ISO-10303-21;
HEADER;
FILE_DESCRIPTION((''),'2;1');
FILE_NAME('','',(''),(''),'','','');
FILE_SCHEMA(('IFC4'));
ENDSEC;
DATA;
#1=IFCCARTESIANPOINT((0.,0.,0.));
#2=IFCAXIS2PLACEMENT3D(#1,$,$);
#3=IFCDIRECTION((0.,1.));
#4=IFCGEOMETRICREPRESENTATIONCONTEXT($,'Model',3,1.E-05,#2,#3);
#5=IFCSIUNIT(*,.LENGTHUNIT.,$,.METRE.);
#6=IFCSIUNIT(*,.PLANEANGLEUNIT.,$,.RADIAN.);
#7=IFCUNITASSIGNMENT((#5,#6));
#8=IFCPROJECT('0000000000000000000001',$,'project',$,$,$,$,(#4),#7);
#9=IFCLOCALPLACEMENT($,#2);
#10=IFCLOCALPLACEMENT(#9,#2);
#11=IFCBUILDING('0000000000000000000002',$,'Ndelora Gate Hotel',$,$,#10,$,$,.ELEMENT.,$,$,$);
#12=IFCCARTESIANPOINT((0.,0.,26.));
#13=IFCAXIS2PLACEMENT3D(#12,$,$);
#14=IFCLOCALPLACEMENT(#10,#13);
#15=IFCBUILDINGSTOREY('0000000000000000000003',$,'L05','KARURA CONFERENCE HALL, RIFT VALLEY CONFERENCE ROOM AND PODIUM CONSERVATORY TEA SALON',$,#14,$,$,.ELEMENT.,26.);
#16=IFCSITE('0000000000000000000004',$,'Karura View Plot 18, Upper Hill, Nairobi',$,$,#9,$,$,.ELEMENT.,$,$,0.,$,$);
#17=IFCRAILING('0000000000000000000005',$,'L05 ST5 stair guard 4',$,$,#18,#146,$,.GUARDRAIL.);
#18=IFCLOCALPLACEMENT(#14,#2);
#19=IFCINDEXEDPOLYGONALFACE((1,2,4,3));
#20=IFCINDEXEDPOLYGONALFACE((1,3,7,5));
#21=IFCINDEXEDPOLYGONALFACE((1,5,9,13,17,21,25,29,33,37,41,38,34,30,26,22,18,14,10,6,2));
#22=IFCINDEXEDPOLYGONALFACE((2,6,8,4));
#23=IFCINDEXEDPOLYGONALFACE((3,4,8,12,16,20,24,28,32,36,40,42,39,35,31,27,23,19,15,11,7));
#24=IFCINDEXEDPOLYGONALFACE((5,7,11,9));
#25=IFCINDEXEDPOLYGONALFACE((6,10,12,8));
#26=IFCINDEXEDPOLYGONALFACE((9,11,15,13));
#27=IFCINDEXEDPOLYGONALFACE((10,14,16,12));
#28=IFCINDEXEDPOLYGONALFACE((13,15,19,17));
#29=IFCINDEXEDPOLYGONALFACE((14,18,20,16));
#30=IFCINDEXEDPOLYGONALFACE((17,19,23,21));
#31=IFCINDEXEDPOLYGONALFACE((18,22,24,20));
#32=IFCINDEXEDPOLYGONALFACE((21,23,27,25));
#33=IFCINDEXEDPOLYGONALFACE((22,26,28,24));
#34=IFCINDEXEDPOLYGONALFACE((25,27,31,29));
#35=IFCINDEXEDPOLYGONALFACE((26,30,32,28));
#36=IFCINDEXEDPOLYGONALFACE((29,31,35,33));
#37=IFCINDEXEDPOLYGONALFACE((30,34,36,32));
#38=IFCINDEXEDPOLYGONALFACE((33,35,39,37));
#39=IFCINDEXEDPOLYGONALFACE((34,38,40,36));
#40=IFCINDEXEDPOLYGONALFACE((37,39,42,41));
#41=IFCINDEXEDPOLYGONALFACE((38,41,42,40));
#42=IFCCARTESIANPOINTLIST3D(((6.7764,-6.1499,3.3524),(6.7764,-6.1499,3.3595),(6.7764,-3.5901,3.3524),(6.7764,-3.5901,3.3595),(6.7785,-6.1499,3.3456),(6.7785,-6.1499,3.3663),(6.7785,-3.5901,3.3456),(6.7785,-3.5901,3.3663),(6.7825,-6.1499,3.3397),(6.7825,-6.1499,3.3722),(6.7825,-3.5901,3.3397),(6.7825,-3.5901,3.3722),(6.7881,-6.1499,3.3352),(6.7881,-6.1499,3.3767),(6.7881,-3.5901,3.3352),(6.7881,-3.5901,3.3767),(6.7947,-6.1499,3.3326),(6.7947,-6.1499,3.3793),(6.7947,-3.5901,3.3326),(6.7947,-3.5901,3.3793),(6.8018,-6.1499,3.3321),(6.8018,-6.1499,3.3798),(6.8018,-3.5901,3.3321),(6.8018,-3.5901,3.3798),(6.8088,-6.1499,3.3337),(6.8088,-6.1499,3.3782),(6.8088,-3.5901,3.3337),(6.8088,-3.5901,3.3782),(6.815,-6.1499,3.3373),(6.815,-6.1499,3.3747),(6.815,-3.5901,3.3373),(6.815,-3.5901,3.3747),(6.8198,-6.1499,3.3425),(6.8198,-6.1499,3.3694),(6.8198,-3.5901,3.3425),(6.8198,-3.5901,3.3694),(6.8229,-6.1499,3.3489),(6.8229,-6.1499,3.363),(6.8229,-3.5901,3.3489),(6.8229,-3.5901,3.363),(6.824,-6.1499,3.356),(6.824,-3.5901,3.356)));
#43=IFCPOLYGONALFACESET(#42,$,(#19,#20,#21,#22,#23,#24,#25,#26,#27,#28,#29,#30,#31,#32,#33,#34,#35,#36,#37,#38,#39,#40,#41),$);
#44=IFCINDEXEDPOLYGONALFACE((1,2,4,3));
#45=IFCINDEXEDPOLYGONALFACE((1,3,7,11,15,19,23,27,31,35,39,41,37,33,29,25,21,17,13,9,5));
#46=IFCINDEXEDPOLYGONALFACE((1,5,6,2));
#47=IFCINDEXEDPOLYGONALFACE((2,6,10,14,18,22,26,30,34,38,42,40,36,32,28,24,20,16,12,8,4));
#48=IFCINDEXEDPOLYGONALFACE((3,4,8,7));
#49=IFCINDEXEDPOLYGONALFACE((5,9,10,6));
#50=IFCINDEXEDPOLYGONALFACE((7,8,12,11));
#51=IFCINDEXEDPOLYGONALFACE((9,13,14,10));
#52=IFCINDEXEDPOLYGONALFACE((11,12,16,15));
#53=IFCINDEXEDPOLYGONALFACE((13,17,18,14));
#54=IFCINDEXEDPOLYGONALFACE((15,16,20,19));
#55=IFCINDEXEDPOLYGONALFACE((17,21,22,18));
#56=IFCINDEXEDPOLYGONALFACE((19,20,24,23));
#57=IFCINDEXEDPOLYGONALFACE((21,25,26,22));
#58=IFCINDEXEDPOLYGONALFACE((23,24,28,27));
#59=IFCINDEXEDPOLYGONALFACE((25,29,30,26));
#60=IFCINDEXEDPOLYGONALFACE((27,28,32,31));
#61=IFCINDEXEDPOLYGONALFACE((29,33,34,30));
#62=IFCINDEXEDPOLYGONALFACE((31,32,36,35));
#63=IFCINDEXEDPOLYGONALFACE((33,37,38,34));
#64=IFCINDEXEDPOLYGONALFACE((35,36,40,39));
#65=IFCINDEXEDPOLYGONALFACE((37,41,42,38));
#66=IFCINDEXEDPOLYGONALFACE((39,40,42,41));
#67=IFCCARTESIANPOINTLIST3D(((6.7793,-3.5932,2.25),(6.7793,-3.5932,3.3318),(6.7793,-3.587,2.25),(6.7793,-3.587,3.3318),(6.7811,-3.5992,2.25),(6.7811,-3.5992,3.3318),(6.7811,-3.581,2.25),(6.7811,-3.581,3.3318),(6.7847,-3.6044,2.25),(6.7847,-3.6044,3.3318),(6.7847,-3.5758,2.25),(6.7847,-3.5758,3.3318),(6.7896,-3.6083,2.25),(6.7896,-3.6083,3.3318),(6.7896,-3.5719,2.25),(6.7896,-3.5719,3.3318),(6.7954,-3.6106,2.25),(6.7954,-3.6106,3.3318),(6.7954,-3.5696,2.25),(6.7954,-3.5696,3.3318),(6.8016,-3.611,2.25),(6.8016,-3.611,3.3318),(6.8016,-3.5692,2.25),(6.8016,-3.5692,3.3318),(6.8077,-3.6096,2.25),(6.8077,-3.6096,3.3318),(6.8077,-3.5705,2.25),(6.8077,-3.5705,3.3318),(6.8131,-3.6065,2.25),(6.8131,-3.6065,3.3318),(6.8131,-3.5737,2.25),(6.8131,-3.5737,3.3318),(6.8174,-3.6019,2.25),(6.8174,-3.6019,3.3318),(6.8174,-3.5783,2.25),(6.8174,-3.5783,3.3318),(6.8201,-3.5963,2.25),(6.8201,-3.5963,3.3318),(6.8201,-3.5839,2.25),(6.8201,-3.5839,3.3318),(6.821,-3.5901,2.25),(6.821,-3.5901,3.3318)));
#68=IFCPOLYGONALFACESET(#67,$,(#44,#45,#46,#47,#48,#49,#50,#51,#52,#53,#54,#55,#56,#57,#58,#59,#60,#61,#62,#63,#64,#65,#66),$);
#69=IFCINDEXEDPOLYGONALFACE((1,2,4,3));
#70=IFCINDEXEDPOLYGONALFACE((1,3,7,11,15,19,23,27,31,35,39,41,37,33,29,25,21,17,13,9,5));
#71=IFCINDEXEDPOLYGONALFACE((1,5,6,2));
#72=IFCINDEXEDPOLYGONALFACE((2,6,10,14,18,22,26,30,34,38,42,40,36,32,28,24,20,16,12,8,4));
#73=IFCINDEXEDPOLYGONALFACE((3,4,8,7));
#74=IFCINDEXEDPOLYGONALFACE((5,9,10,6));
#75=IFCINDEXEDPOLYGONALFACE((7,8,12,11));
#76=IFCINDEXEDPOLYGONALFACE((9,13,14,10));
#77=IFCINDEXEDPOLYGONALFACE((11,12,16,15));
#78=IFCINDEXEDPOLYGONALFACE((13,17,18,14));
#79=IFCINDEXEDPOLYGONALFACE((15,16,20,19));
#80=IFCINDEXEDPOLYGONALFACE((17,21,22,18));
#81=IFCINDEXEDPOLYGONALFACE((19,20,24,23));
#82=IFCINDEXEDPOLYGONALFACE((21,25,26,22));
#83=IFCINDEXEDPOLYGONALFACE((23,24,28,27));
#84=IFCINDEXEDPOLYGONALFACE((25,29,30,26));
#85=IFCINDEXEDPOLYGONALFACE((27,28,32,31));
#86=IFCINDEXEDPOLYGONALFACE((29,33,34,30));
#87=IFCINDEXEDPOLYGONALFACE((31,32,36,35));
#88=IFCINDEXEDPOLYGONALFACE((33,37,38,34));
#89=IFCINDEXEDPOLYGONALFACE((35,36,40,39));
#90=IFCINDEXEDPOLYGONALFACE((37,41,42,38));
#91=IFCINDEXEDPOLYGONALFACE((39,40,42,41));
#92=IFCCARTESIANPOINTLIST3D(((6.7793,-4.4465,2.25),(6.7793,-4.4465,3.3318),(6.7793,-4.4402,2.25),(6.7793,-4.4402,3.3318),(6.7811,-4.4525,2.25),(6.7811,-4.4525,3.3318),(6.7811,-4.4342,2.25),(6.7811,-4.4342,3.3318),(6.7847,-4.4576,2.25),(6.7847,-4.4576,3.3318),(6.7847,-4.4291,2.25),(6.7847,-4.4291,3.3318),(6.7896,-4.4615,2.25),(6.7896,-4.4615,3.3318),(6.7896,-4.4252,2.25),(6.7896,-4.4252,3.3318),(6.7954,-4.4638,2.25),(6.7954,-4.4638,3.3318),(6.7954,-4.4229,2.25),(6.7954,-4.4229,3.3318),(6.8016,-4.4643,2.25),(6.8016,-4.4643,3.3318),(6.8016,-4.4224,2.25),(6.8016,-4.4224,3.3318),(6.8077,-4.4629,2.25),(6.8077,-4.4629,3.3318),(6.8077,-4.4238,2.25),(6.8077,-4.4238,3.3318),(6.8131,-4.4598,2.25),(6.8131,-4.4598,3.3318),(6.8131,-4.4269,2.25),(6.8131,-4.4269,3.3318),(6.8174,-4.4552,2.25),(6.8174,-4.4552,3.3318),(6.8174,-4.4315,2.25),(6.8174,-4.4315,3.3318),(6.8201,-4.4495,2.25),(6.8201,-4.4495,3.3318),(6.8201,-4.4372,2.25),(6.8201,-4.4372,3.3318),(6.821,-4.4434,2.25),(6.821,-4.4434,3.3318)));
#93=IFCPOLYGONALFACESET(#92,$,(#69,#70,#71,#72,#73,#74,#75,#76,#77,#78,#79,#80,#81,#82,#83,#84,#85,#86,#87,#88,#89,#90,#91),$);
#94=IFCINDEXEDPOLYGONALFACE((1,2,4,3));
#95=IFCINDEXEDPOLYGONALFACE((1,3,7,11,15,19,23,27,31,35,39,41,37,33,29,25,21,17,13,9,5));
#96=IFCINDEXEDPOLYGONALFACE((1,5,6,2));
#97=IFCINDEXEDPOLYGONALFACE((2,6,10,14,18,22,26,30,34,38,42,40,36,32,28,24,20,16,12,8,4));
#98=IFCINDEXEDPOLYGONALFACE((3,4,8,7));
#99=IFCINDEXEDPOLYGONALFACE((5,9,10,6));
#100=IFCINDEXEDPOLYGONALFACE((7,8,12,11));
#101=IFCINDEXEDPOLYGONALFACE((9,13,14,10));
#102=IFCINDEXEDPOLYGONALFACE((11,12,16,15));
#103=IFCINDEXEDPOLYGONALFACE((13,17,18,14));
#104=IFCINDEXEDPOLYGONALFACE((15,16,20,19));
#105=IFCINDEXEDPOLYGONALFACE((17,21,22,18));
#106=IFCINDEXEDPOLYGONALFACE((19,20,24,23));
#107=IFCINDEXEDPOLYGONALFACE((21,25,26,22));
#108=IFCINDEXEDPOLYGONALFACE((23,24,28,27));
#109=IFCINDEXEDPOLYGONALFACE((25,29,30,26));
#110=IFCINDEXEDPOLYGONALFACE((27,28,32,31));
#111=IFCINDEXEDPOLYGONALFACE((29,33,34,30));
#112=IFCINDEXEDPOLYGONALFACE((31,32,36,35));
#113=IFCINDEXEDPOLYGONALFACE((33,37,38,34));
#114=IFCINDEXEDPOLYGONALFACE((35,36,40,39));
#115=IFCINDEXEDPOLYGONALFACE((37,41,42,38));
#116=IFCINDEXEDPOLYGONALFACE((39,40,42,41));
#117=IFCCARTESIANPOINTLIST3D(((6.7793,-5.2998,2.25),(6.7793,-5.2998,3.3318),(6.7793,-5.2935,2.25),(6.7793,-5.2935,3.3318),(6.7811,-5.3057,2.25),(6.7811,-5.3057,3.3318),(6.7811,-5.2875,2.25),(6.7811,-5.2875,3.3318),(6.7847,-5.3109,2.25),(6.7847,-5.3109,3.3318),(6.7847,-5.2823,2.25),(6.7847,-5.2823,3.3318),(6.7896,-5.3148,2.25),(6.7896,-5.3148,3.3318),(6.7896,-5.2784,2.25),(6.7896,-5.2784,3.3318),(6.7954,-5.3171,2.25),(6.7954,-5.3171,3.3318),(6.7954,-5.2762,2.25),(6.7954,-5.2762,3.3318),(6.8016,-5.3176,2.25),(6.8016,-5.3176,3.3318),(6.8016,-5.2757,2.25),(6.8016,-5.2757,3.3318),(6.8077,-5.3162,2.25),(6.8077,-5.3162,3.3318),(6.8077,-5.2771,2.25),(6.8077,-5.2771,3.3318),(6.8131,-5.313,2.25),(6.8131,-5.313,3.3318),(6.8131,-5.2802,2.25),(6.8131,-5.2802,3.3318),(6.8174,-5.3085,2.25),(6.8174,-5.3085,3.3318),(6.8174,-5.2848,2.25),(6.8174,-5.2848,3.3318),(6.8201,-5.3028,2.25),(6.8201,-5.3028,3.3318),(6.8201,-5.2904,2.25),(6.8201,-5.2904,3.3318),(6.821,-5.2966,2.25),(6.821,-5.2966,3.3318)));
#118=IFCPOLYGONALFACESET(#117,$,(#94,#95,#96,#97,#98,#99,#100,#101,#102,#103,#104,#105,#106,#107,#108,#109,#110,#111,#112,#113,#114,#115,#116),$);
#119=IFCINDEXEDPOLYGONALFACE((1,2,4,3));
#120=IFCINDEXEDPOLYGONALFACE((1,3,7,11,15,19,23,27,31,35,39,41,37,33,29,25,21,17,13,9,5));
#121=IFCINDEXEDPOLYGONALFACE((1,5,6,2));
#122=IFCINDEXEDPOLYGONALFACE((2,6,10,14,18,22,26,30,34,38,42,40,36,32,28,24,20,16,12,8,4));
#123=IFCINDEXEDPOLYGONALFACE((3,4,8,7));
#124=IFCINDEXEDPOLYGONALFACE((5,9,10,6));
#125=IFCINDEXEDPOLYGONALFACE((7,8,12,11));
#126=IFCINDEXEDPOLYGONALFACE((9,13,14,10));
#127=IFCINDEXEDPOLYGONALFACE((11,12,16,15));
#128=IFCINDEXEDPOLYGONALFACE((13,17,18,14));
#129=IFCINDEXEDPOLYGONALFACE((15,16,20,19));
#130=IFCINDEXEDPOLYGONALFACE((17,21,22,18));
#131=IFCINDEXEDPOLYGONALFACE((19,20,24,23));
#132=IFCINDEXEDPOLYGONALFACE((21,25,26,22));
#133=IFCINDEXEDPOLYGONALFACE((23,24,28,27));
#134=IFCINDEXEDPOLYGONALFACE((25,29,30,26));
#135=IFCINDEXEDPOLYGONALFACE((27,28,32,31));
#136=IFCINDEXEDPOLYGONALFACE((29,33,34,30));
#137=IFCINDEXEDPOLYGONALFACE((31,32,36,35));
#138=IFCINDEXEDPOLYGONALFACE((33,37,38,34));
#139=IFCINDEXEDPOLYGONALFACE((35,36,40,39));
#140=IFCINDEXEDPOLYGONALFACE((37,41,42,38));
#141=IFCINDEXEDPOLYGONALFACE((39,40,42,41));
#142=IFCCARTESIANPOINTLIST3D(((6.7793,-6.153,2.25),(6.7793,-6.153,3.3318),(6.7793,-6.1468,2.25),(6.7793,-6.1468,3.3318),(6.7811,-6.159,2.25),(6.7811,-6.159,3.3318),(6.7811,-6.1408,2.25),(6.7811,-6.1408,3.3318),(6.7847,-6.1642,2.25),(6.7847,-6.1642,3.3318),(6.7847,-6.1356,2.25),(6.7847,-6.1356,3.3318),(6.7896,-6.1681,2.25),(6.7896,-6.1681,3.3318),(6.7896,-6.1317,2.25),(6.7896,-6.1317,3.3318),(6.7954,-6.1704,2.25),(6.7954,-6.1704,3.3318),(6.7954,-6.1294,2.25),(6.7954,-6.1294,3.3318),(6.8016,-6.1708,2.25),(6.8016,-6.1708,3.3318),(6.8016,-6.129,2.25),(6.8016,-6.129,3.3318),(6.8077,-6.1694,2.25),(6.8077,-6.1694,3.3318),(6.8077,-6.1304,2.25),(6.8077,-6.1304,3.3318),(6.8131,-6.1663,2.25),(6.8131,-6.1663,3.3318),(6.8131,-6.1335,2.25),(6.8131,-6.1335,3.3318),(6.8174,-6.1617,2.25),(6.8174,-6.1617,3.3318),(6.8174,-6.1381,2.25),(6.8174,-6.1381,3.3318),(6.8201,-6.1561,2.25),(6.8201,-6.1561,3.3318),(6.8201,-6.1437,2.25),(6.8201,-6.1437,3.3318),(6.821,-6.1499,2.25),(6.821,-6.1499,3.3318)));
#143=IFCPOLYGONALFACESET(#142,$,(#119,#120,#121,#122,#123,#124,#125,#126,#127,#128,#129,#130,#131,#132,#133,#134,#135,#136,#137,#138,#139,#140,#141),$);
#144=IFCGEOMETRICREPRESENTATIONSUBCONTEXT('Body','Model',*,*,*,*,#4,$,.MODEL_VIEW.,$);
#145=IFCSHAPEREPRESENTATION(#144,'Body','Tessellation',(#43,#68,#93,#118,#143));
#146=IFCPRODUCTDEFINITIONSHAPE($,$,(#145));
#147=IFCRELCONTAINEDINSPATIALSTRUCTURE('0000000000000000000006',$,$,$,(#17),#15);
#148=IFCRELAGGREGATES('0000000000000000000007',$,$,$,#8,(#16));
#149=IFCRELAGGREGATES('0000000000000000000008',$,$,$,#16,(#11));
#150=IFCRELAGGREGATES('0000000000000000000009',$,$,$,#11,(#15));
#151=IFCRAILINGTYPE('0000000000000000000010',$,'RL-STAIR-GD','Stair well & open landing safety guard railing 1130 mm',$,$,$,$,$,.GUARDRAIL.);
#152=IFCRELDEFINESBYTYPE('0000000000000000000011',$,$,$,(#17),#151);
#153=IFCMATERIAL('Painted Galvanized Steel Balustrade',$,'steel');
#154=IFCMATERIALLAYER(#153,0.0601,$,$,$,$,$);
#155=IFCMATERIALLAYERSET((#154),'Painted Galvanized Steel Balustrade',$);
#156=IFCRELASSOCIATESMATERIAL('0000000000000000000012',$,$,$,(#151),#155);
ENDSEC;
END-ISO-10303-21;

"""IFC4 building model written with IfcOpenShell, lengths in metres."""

from ifc_helpers import new_model, si_unit, direction, frame, origin, origin_2d, place, context, subcontext, project, spatial, circle, extrude, material, layer, layer_set, type_object, element, save


model = new_model("IFC4")

# Units and contexts
model_context = context("Model", 3, precision=1e-05, world=origin(), true_north=direction((0.0, 1.0)))
body_context = subcontext(model_context, "Body", "Model", "MODEL_VIEW")
ifc_project = project(units=[si_unit("LENGTHUNIT", "METRE"), si_unit("PLANEANGLEUNIT", "RADIAN")], contexts=[model_context])

# Site, building, storey
site_placement = place(None, origin())
site = spatial("IfcSite", under=ifc_project, at=site_placement, Name="Karura View Plot 18, Upper Hill, Nairobi", CompositionType="ELEMENT", RefElevation=0.0)
building_placement = place(site_placement, origin())
building = spatial("IfcBuilding", under=site, at=building_placement, Name="Ndelora Gate Hotel", CompositionType="ELEMENT")
storey_placement = place(building_placement, frame((0.0, 0.0, 26.0)))
storey = spatial("IfcBuildingStorey", under=building, at=storey_placement, Name="L05", Description="KARURA CONFERENCE HALL, RIFT VALLEY CONFERENCE ROOM AND PODIUM CONSERVATORY TEA SALON", CompositionType="ELEMENT", Elevation=26.0)

# Railing
ifc_material_1 = material(Name="Painted Galvanized Steel Balustrade", Category="steel")
ifc_layer_1 = layer(ifc_material_1, 0.0601)
ifc_layer_set_1 = layer_set([ifc_layer_1], Name="Painted Galvanized Steel Balustrade")
railing_type_1 = type_object("IfcRailingType", Name="RL-STAIR-GD", Description="Stair well & open landing safety guard railing 1130 mm", PredefinedType="GUARDRAIL", material=ifc_layer_set_1)
for number, where, name in (
    (1, (6.8, -3.5901, 2.25), "L05 ST5 stair guard 4"),
):
    element("IfcRailing", number, at=place(storey_placement, frame(where)), inside=storey, type_object=railing_type_1, Name=name, PredefinedType="GUARDRAIL", context=body_context, shape_type="SweptSolid", body=[
        extrude(circle(Radius=0.0239, at=origin_2d()), frame((0.0, 0.0, 1.106), z_axis=(0.0, -1.0, 0.0), x_axis=(1.0, 0.0, 0.0)), (0.0, 0.0, 1.0), 2.5598),
        extrude(circle(Radius=0.021, at=origin_2d()), origin(), (0.0, 0.0, 1.0), 1.0818),
        extrude(circle(Radius=0.021, at=origin_2d()), frame((0.0, -0.8533, 0.0)), (0.0, 0.0, 1.0), 1.0818),
        extrude(circle(Radius=0.021, at=origin_2d()), frame((0.0, -1.7065, 0.0)), (0.0, 0.0, 1.0), 1.0818),
        extrude(circle(Radius=0.021, at=origin_2d()), frame((0.0, -2.5598, 0.0)), (0.0, 0.0, 1.0), 1.0818),
    ])

save(model, "model.ifc")
